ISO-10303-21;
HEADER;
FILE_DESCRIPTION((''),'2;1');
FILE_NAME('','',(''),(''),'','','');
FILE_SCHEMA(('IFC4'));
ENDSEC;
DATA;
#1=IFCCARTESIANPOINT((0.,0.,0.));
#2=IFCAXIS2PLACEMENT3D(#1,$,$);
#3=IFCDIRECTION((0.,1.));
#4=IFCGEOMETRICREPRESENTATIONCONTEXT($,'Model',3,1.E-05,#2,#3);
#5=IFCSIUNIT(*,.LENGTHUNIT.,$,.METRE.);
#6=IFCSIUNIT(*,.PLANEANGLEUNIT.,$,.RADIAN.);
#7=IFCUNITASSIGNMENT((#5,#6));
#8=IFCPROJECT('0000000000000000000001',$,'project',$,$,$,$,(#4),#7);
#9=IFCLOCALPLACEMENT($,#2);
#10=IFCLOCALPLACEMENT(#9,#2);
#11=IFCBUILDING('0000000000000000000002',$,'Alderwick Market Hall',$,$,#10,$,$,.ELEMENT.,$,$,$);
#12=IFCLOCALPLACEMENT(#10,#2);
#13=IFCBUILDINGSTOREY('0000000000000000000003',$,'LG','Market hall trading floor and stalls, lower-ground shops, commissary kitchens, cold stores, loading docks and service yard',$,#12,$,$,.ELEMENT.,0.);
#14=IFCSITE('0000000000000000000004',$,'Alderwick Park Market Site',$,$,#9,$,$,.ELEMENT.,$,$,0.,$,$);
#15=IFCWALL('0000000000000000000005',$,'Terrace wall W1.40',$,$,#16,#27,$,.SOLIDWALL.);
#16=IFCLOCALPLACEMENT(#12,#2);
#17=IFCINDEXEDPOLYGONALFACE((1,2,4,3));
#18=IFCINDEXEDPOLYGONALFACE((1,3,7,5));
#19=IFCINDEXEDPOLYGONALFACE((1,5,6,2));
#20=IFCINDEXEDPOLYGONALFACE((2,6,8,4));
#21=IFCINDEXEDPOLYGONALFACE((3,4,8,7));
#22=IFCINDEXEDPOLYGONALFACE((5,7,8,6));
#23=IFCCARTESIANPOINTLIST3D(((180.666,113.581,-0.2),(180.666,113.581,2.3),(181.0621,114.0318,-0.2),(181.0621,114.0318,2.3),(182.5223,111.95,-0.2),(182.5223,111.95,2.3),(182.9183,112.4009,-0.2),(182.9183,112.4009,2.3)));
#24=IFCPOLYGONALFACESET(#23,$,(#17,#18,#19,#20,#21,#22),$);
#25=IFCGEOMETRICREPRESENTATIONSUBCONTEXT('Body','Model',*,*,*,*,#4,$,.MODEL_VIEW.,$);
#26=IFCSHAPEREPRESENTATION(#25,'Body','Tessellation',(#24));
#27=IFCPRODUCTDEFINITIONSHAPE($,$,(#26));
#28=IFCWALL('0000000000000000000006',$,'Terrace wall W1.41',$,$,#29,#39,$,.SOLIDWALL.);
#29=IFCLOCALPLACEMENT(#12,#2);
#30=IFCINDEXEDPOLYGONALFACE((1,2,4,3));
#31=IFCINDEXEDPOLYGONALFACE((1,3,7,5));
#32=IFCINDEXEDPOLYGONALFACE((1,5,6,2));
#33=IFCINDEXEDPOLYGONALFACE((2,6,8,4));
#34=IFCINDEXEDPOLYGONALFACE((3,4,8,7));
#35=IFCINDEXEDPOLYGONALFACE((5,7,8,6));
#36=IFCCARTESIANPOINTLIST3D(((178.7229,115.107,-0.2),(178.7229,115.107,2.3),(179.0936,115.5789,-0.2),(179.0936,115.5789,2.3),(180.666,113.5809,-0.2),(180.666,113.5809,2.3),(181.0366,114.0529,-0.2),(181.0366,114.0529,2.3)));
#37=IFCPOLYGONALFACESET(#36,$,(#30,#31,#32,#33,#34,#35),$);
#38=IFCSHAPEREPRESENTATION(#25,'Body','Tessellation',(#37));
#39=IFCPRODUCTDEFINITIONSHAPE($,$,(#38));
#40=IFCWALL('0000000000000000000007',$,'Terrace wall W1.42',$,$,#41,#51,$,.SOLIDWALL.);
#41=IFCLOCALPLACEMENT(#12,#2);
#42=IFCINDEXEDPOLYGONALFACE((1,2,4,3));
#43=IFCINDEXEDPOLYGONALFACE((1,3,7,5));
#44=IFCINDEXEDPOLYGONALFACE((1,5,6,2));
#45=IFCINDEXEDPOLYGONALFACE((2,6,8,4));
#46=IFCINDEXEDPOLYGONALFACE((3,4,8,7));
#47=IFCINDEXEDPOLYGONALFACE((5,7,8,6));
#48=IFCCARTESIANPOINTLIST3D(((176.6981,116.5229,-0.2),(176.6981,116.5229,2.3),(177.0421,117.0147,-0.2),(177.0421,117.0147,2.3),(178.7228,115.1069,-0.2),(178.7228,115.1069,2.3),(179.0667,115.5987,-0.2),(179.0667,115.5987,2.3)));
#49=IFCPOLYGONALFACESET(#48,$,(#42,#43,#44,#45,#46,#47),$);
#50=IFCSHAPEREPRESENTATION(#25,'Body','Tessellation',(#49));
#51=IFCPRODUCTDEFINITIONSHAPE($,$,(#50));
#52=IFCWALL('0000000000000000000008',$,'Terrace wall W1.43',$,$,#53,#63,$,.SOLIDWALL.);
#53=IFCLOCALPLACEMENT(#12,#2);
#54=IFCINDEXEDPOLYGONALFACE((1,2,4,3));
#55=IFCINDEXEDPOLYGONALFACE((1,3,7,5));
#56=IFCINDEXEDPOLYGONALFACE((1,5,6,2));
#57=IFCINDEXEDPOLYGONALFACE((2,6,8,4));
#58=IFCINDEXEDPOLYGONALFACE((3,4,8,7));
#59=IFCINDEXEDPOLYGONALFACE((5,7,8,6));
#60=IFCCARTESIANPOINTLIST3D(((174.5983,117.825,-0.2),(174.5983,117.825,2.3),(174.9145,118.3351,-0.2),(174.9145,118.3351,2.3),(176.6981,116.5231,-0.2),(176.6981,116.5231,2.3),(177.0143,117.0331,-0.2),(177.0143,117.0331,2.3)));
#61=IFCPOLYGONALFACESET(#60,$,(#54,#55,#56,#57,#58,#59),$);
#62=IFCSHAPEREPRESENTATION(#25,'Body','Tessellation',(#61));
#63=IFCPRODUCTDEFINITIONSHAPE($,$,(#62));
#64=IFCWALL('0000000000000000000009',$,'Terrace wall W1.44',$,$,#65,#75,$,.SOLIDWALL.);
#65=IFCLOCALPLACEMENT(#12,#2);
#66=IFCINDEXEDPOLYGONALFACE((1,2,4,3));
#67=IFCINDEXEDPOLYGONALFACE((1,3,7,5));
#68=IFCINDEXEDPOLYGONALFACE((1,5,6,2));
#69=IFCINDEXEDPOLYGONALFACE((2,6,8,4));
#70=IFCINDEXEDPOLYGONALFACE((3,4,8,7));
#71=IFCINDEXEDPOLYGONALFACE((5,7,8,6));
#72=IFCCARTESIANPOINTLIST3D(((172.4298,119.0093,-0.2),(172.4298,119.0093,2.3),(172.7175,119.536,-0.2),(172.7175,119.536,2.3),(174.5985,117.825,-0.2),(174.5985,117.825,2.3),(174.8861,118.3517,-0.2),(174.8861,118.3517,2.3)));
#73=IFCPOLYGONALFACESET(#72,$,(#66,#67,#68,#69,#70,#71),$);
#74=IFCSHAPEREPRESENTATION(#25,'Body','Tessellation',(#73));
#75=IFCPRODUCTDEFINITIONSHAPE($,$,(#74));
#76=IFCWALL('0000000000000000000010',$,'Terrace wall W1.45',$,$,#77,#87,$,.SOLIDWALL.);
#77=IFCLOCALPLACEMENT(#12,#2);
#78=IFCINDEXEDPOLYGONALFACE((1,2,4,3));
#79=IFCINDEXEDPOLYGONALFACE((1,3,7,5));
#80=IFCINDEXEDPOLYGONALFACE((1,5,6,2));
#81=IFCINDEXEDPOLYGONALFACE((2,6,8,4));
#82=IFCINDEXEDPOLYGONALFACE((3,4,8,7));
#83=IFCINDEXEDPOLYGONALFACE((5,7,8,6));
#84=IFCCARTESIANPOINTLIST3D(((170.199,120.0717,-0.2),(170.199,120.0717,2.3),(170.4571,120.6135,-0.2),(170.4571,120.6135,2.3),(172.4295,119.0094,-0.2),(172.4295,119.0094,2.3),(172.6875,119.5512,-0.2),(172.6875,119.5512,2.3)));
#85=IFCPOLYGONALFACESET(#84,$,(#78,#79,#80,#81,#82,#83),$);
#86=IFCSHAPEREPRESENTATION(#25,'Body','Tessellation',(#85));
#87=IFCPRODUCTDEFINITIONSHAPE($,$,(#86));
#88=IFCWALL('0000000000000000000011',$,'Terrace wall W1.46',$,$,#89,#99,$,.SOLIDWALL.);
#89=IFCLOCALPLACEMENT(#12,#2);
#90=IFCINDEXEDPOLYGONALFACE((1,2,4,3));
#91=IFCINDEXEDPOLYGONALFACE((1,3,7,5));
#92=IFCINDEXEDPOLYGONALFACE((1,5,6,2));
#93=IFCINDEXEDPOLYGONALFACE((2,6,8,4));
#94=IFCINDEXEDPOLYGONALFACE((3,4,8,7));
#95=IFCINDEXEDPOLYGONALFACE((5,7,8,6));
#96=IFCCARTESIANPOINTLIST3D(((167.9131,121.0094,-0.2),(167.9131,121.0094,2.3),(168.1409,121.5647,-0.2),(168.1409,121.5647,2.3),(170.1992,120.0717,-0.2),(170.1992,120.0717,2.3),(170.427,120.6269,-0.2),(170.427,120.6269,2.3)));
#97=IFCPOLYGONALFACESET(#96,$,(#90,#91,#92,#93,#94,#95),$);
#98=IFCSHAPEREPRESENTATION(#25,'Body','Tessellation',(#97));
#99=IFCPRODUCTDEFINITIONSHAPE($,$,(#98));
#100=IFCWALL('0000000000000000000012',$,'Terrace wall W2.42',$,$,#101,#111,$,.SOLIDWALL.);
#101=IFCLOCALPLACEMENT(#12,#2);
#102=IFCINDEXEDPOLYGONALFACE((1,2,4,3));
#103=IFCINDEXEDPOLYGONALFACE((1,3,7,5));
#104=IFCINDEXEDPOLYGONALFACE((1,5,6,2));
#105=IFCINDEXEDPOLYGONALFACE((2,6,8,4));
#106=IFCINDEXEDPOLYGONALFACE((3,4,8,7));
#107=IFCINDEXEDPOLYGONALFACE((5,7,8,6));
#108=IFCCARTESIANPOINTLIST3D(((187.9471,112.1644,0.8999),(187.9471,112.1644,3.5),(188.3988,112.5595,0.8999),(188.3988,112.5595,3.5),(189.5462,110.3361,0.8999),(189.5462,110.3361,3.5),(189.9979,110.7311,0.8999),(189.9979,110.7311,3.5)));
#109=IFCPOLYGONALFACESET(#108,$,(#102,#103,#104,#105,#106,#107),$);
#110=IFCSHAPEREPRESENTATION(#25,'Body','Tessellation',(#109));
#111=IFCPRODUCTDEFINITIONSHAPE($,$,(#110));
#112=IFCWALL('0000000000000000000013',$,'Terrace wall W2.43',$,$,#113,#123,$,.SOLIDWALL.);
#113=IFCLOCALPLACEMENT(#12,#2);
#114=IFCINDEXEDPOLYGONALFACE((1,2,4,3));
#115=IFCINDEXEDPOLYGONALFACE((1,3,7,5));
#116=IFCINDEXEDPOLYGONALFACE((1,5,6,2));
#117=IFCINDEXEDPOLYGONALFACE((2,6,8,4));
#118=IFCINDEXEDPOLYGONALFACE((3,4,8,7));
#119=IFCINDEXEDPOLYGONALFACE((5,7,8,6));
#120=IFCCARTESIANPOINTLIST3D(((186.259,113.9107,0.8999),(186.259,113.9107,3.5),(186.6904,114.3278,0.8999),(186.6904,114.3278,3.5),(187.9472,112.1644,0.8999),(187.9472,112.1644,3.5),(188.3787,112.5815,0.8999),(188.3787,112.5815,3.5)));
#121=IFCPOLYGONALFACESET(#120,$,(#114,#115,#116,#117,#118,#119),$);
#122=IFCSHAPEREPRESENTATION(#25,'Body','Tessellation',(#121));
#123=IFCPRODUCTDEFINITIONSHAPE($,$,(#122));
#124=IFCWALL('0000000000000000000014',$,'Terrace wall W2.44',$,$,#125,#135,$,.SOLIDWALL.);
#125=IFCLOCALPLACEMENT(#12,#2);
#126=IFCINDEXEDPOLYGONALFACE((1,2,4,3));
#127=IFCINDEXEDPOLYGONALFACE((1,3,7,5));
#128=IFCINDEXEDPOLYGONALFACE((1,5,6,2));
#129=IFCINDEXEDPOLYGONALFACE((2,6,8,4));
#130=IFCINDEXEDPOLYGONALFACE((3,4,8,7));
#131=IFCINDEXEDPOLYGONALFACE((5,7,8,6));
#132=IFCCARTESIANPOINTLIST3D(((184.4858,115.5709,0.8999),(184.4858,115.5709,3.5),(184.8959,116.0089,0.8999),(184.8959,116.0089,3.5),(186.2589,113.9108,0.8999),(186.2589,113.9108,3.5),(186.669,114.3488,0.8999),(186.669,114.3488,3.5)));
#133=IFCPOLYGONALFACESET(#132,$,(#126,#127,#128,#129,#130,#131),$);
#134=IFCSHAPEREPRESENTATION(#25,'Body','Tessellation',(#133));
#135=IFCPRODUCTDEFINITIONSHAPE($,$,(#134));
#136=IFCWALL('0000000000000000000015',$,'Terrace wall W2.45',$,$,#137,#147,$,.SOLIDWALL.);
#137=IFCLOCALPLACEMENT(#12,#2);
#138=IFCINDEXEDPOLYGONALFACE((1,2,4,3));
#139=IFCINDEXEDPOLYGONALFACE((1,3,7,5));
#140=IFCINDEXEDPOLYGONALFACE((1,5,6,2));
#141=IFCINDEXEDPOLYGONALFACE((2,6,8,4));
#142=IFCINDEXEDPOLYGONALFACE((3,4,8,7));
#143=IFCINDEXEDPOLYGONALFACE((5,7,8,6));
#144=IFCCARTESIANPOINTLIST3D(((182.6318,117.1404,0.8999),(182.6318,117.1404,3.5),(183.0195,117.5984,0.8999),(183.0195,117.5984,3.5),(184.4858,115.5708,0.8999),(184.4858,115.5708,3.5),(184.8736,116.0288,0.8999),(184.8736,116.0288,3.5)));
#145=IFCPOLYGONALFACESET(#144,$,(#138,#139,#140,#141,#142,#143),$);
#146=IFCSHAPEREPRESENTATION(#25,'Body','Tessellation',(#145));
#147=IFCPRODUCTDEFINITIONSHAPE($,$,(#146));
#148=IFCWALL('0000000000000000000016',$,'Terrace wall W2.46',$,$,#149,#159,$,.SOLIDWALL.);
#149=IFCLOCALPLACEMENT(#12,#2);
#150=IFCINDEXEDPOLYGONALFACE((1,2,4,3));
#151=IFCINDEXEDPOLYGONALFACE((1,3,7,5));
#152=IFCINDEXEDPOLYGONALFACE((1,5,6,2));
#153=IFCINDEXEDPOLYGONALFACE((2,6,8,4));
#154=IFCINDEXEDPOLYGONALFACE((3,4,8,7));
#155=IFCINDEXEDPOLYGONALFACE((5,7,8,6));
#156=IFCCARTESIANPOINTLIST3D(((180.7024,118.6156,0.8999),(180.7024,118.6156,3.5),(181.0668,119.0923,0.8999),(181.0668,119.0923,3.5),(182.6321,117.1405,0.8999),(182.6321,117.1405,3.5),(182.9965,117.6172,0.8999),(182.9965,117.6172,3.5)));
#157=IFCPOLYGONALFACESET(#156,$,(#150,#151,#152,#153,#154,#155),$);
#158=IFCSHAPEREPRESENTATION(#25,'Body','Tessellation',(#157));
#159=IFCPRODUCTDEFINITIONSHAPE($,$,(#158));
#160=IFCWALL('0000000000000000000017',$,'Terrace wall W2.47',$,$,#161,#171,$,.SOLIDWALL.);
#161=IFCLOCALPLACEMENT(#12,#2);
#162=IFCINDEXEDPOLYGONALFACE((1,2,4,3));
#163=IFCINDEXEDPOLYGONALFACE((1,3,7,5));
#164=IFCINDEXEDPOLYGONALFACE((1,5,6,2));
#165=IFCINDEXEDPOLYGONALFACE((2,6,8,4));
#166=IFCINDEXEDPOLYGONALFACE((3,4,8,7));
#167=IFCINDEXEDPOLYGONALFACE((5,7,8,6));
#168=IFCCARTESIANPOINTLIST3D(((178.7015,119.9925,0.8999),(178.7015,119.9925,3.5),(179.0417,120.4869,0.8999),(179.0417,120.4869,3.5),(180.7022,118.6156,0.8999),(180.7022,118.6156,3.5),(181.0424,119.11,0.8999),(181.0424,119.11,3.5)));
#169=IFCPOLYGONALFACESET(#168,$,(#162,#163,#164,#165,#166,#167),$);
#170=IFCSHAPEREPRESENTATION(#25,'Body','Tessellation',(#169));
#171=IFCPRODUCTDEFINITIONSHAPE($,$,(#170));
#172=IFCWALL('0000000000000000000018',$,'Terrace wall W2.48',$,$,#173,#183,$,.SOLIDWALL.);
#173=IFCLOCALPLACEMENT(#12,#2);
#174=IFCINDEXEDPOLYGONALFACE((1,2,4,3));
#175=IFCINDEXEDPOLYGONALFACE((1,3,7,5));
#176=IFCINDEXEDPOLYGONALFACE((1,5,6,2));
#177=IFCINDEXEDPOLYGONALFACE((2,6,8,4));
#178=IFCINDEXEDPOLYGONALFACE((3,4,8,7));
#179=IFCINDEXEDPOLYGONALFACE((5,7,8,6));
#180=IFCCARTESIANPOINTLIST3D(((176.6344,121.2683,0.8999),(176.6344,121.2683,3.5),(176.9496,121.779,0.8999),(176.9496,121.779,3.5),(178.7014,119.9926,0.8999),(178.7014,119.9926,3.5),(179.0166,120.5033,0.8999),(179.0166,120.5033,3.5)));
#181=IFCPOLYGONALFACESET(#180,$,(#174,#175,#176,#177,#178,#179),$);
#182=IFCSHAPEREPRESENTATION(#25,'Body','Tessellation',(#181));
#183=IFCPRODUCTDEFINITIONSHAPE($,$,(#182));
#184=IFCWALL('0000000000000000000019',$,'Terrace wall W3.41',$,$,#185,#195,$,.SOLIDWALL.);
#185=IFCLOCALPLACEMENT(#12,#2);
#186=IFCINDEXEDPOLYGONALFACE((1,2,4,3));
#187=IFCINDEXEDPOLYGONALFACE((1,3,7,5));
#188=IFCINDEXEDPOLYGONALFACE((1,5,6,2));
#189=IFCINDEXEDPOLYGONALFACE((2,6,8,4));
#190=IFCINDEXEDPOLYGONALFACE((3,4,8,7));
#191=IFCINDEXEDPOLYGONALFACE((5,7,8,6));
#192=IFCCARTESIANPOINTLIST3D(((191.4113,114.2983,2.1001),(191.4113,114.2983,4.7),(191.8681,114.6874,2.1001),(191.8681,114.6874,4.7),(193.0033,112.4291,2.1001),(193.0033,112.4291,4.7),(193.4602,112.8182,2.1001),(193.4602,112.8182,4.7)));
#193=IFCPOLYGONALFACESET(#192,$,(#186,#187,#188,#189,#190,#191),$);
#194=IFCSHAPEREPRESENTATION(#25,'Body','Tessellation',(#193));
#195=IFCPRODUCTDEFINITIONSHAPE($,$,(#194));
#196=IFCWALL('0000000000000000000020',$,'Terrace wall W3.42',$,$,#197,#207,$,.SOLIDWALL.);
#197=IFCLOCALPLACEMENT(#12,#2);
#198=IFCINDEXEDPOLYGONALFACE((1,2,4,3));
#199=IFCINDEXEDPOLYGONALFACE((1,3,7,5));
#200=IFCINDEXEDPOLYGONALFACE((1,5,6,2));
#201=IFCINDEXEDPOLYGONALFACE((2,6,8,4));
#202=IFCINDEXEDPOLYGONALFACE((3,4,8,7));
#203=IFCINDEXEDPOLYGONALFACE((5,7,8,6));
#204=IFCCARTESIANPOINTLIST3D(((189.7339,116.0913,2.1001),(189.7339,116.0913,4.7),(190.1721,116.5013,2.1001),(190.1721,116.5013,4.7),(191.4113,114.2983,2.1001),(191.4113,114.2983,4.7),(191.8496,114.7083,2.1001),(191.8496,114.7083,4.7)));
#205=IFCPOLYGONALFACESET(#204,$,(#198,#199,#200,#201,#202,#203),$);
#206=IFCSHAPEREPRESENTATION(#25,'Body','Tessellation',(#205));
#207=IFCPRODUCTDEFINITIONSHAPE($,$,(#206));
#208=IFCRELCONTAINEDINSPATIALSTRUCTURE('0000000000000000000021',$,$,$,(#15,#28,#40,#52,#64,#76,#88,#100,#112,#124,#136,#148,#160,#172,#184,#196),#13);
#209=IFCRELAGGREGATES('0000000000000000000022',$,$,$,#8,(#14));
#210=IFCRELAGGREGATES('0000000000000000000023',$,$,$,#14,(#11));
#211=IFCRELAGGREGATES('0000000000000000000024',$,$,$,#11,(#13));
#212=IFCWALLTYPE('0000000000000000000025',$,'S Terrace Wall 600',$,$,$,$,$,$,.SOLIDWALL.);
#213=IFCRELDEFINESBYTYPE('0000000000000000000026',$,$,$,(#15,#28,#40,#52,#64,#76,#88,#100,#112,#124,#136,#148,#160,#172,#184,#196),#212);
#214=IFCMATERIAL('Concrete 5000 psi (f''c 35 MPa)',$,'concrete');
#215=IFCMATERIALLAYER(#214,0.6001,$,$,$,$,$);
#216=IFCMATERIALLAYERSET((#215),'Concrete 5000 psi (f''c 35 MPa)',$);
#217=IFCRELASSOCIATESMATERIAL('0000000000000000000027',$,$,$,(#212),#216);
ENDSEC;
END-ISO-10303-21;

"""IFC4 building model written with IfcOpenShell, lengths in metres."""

from ifc_helpers import new_model, si_unit, direction, frame, frame_2d, origin, place, context, subcontext, project, spatial, rectangle, extrude, material, layer, layer_set, type_object, element, save


model = new_model("IFC4")

# Units and contexts
model_context = context("Model", 3, precision=1e-05, world=origin(), true_north=direction((0.0, 1.0)))
body_context = subcontext(model_context, "Body", "Model", "MODEL_VIEW")
ifc_project = project(units=[si_unit("LENGTHUNIT", "METRE"), si_unit("PLANEANGLEUNIT", "RADIAN")], contexts=[model_context])

# Site, building, storey
site_placement = place(None, origin())
site = spatial("IfcSite", under=ifc_project, at=site_placement, Name="Alderwick Park Market Site", CompositionType="ELEMENT", RefElevation=0.0)
building_placement = place(site_placement, origin())
building = spatial("IfcBuilding", under=site, at=building_placement, Name="Alderwick Market Hall", CompositionType="ELEMENT")
storey_placement = place(building_placement, origin())
storey = spatial("IfcBuildingStorey", under=building, at=storey_placement, Name="LG", Description="Market hall trading floor and stalls, lower-ground shops, commissary kitchens, cold stores, loading docks and service yard", CompositionType="ELEMENT", Elevation=0.0)

# Walls
ifc_material = material(Name="Concrete 5000 psi (f'c 35 MPa)", Category="concrete")
ifc_layer = layer(ifc_material, 0.6001)
ifc_layer_set = layer_set([ifc_layer], Name="Concrete 5000 psi (f'c 35 MPa)")
wall_type = type_object("IfcWallType", Name="S Terrace Wall 600", PredefinedType="SOLIDWALL", material=ifc_layer_set)
wall_1_placement = place(storey_placement, frame((182.7202, 112.1755, -0.2), z_axis=(0.0, 0.0, 1.0), x_axis=(-0.751235, 0.660035, 0.0)))
element("IfcWall", 1, at=wall_1_placement, inside=storey, type_object=wall_type, Name="Terrace wall W1.40", PredefinedType="SOLIDWALL", context=body_context, shape_type="SweptSolid", body=[
    extrude(rectangle(XDim=2.4709, YDim=0.6001, at=frame_2d((1.2354, 0.0))), origin(), (0.0, 0.0, 1.0), 2.5),
])
for number, where, z_axis, x_axis, name in (
    (2, (180.8513, 113.8169, -0.2), (0.0, 0.0, 1.0), (-0.786438, 0.617669, 0.0), "Terrace wall W1.41"),
    (3, (178.8948, 115.3528, -0.2), (0.0, 0.0, 1.0), (-0.819469, 0.573124, 0.0), "Terrace wall W1.42"),
    (4, (176.8562, 116.7781, -0.2), (0.0, 0.0, 1.0), (-0.849886, 0.526967, 0.0), "Terrace wall W1.43"),
):
    element("IfcWall", number, at=place(storey_placement, frame(where, z_axis=z_axis, x_axis=x_axis)), inside=storey, type_object=wall_type, Name=name, PredefinedType="SOLIDWALL", context=body_context, shape_type="SweptSolid", body=[
        extrude(rectangle(XDim=2.4707, YDim=0.6001, at=frame_2d((1.2354, 0.0))), origin(), (0.0, 0.0, 1.0), 2.5),
    ])
wall_2_placement = place(storey_placement, frame((174.7422, 118.0884, -0.2), z_axis=(0.0, 0.0, 1.0), x_axis=(-0.877658, 0.479288, 0.0)))
element("IfcWall", 5, at=wall_2_placement, inside=storey, type_object=wall_type, Name="Terrace wall W1.44", PredefinedType="SOLIDWALL", context=body_context, shape_type="SweptSolid", body=[
    extrude(rectangle(XDim=2.4709, YDim=0.6001, at=frame_2d((1.2354, 0.0))), origin(), (0.0, 0.0, 1.0), 2.5),
])
wall_3_placement = place(storey_placement, frame((172.5586, 119.2803, -0.2), z_axis=(0.0, 0.0, 1.0), x_axis=(-0.90284, 0.429976, 0.0)))
element("IfcWall", 6, at=wall_3_placement, inside=storey, type_object=wall_type, Name="Terrace wall W1.45", PredefinedType="SOLIDWALL", context=body_context, shape_type="SweptSolid", body=[
    extrude(rectangle(XDim=2.4705, YDim=0.6001, at=frame_2d((1.2354, 0.0))), origin(), (0.0, 0.0, 1.0), 2.5),
])
wall_4_placement = place(storey_placement, frame((170.313, 120.3494, -0.2), z_axis=(0.0, 0.0, 1.0), x_axis=(-0.925191, 0.379502, 0.0)))
element("IfcWall", 7, at=wall_4_placement, inside=storey, type_object=wall_type, Name="Terrace wall W1.46", PredefinedType="SOLIDWALL", context=body_context, shape_type="SweptSolid", body=[
    extrude(rectangle(XDim=2.4709, YDim=0.6001, at=frame_2d((1.2354, 0.0))), origin(), (0.0, 0.0, 1.0), 2.5),
])
for number, where, z_axis, x_axis, name in (
    (8, (189.772, 110.5337, 0.8999), (0.0, 0.0, 1.0), (-0.658341, 0.75272, 0.0), "Terrace wall W2.42"),
    (9, (188.1628, 112.373, 0.8999), (0.0, 0.0, 1.0), (-0.695045, 0.718967, 0.0), "Terrace wall W2.43"),
    (10, (186.4639, 114.1299, 0.8999), (0.0, 0.0, 1.0), (-0.729992, 0.683456, 0.0), "Terrace wall W2.44"),
):
    element("IfcWall", number, at=place(storey_placement, frame(where, z_axis=z_axis, x_axis=x_axis)), inside=storey, type_object=wall_type, Name=name, PredefinedType="SOLIDWALL", context=body_context, shape_type="SweptSolid", body=[
        extrude(rectangle(XDim=2.429, YDim=0.6001, at=frame_2d((1.2144, 0.0))), origin(), (0.0, 0.0, 1.0), 2.6001),
    ])
wall_5_placement = place(storey_placement, frame((184.6797, 115.7998, 0.8999), z_axis=(0.0, 0.0, 1.0), x_axis=(-0.763222, 0.646136, 0.0)))
element("IfcWall", 11, at=wall_5_placement, inside=storey, type_object=wall_type, Name="Terrace wall W2.45", PredefinedType="SOLIDWALL", context=body_context, shape_type="SweptSolid", body=[
    extrude(rectangle(XDim=2.4292, YDim=0.6001, at=frame_2d((1.2146, 0.0))), origin(), (0.0, 0.0, 1.0), 2.6001),
])
wall_6_placement = place(storey_placement, frame((182.8142, 117.3789, 0.8999), z_axis=(0.0, 0.0, 1.0), x_axis=(-0.794466, 0.607308, 0.0)))
element("IfcWall", 12, at=wall_6_placement, inside=storey, type_object=wall_type, Name="Terrace wall W2.46", PredefinedType="SOLIDWALL", context=body_context, shape_type="SweptSolid", body=[
    extrude(rectangle(XDim=2.429, YDim=0.6001, at=frame_2d((1.2144, 0.0))), origin(), (0.0, 0.0, 1.0), 2.6001),
])
wall_7_placement = place(storey_placement, frame((180.8723, 118.8628, 0.8999), z_axis=(0.0, 0.0, 1.0), x_axis=(-0.823763, 0.566934, 0.0)))
element("IfcWall", 13, at=wall_7_placement, inside=storey, type_object=wall_type, Name="Terrace wall W2.47", PredefinedType="SOLIDWALL", context=body_context, shape_type="SweptSolid", body=[
    extrude(rectangle(XDim=2.4287, YDim=0.6001, at=frame_2d((1.2144, 0.0))), origin(), (0.0, 0.0, 1.0), 2.6001),
])
wall_8_placement = place(storey_placement, frame((178.8589, 120.248, 0.8999), z_axis=(0.0, 0.0, 1.0), x_axis=(-0.850978, 0.525202, 0.0)))
element("IfcWall", 14, at=wall_8_placement, inside=storey, type_object=wall_type, Name="Terrace wall W2.48", PredefinedType="SOLIDWALL", context=body_context, shape_type="SweptSolid", body=[
    extrude(rectangle(XDim=2.429, YDim=0.6001, at=frame_2d((1.2144, 0.0))), origin(), (0.0, 0.0, 1.0), 2.6001),
])
for number, where, z_axis, x_axis, name in (
    (15, (193.2317, 112.6238, 2.1001), (0.0, 0.0, 1.0), (-0.648422, 0.761281, 0.0), "Terrace wall W3.41"),
    (16, (191.6304, 114.5034, 2.1001), (0.0, 0.0, 1.0), (-0.6832, 0.730231, 0.0), "Terrace wall W3.42"),
):
    element("IfcWall", number, at=place(storey_placement, frame(where, z_axis=z_axis, x_axis=x_axis)), inside=storey, type_object=wall_type, Name=name, PredefinedType="SOLIDWALL", context=body_context, shape_type="SweptSolid", body=[
        extrude(rectangle(XDim=2.4553, YDim=0.6001, at=frame_2d((1.2275, 0.0))), origin(), (0.0, 0.0, 1.0), 2.5999),
    ])

save(model, "model.ifc")
